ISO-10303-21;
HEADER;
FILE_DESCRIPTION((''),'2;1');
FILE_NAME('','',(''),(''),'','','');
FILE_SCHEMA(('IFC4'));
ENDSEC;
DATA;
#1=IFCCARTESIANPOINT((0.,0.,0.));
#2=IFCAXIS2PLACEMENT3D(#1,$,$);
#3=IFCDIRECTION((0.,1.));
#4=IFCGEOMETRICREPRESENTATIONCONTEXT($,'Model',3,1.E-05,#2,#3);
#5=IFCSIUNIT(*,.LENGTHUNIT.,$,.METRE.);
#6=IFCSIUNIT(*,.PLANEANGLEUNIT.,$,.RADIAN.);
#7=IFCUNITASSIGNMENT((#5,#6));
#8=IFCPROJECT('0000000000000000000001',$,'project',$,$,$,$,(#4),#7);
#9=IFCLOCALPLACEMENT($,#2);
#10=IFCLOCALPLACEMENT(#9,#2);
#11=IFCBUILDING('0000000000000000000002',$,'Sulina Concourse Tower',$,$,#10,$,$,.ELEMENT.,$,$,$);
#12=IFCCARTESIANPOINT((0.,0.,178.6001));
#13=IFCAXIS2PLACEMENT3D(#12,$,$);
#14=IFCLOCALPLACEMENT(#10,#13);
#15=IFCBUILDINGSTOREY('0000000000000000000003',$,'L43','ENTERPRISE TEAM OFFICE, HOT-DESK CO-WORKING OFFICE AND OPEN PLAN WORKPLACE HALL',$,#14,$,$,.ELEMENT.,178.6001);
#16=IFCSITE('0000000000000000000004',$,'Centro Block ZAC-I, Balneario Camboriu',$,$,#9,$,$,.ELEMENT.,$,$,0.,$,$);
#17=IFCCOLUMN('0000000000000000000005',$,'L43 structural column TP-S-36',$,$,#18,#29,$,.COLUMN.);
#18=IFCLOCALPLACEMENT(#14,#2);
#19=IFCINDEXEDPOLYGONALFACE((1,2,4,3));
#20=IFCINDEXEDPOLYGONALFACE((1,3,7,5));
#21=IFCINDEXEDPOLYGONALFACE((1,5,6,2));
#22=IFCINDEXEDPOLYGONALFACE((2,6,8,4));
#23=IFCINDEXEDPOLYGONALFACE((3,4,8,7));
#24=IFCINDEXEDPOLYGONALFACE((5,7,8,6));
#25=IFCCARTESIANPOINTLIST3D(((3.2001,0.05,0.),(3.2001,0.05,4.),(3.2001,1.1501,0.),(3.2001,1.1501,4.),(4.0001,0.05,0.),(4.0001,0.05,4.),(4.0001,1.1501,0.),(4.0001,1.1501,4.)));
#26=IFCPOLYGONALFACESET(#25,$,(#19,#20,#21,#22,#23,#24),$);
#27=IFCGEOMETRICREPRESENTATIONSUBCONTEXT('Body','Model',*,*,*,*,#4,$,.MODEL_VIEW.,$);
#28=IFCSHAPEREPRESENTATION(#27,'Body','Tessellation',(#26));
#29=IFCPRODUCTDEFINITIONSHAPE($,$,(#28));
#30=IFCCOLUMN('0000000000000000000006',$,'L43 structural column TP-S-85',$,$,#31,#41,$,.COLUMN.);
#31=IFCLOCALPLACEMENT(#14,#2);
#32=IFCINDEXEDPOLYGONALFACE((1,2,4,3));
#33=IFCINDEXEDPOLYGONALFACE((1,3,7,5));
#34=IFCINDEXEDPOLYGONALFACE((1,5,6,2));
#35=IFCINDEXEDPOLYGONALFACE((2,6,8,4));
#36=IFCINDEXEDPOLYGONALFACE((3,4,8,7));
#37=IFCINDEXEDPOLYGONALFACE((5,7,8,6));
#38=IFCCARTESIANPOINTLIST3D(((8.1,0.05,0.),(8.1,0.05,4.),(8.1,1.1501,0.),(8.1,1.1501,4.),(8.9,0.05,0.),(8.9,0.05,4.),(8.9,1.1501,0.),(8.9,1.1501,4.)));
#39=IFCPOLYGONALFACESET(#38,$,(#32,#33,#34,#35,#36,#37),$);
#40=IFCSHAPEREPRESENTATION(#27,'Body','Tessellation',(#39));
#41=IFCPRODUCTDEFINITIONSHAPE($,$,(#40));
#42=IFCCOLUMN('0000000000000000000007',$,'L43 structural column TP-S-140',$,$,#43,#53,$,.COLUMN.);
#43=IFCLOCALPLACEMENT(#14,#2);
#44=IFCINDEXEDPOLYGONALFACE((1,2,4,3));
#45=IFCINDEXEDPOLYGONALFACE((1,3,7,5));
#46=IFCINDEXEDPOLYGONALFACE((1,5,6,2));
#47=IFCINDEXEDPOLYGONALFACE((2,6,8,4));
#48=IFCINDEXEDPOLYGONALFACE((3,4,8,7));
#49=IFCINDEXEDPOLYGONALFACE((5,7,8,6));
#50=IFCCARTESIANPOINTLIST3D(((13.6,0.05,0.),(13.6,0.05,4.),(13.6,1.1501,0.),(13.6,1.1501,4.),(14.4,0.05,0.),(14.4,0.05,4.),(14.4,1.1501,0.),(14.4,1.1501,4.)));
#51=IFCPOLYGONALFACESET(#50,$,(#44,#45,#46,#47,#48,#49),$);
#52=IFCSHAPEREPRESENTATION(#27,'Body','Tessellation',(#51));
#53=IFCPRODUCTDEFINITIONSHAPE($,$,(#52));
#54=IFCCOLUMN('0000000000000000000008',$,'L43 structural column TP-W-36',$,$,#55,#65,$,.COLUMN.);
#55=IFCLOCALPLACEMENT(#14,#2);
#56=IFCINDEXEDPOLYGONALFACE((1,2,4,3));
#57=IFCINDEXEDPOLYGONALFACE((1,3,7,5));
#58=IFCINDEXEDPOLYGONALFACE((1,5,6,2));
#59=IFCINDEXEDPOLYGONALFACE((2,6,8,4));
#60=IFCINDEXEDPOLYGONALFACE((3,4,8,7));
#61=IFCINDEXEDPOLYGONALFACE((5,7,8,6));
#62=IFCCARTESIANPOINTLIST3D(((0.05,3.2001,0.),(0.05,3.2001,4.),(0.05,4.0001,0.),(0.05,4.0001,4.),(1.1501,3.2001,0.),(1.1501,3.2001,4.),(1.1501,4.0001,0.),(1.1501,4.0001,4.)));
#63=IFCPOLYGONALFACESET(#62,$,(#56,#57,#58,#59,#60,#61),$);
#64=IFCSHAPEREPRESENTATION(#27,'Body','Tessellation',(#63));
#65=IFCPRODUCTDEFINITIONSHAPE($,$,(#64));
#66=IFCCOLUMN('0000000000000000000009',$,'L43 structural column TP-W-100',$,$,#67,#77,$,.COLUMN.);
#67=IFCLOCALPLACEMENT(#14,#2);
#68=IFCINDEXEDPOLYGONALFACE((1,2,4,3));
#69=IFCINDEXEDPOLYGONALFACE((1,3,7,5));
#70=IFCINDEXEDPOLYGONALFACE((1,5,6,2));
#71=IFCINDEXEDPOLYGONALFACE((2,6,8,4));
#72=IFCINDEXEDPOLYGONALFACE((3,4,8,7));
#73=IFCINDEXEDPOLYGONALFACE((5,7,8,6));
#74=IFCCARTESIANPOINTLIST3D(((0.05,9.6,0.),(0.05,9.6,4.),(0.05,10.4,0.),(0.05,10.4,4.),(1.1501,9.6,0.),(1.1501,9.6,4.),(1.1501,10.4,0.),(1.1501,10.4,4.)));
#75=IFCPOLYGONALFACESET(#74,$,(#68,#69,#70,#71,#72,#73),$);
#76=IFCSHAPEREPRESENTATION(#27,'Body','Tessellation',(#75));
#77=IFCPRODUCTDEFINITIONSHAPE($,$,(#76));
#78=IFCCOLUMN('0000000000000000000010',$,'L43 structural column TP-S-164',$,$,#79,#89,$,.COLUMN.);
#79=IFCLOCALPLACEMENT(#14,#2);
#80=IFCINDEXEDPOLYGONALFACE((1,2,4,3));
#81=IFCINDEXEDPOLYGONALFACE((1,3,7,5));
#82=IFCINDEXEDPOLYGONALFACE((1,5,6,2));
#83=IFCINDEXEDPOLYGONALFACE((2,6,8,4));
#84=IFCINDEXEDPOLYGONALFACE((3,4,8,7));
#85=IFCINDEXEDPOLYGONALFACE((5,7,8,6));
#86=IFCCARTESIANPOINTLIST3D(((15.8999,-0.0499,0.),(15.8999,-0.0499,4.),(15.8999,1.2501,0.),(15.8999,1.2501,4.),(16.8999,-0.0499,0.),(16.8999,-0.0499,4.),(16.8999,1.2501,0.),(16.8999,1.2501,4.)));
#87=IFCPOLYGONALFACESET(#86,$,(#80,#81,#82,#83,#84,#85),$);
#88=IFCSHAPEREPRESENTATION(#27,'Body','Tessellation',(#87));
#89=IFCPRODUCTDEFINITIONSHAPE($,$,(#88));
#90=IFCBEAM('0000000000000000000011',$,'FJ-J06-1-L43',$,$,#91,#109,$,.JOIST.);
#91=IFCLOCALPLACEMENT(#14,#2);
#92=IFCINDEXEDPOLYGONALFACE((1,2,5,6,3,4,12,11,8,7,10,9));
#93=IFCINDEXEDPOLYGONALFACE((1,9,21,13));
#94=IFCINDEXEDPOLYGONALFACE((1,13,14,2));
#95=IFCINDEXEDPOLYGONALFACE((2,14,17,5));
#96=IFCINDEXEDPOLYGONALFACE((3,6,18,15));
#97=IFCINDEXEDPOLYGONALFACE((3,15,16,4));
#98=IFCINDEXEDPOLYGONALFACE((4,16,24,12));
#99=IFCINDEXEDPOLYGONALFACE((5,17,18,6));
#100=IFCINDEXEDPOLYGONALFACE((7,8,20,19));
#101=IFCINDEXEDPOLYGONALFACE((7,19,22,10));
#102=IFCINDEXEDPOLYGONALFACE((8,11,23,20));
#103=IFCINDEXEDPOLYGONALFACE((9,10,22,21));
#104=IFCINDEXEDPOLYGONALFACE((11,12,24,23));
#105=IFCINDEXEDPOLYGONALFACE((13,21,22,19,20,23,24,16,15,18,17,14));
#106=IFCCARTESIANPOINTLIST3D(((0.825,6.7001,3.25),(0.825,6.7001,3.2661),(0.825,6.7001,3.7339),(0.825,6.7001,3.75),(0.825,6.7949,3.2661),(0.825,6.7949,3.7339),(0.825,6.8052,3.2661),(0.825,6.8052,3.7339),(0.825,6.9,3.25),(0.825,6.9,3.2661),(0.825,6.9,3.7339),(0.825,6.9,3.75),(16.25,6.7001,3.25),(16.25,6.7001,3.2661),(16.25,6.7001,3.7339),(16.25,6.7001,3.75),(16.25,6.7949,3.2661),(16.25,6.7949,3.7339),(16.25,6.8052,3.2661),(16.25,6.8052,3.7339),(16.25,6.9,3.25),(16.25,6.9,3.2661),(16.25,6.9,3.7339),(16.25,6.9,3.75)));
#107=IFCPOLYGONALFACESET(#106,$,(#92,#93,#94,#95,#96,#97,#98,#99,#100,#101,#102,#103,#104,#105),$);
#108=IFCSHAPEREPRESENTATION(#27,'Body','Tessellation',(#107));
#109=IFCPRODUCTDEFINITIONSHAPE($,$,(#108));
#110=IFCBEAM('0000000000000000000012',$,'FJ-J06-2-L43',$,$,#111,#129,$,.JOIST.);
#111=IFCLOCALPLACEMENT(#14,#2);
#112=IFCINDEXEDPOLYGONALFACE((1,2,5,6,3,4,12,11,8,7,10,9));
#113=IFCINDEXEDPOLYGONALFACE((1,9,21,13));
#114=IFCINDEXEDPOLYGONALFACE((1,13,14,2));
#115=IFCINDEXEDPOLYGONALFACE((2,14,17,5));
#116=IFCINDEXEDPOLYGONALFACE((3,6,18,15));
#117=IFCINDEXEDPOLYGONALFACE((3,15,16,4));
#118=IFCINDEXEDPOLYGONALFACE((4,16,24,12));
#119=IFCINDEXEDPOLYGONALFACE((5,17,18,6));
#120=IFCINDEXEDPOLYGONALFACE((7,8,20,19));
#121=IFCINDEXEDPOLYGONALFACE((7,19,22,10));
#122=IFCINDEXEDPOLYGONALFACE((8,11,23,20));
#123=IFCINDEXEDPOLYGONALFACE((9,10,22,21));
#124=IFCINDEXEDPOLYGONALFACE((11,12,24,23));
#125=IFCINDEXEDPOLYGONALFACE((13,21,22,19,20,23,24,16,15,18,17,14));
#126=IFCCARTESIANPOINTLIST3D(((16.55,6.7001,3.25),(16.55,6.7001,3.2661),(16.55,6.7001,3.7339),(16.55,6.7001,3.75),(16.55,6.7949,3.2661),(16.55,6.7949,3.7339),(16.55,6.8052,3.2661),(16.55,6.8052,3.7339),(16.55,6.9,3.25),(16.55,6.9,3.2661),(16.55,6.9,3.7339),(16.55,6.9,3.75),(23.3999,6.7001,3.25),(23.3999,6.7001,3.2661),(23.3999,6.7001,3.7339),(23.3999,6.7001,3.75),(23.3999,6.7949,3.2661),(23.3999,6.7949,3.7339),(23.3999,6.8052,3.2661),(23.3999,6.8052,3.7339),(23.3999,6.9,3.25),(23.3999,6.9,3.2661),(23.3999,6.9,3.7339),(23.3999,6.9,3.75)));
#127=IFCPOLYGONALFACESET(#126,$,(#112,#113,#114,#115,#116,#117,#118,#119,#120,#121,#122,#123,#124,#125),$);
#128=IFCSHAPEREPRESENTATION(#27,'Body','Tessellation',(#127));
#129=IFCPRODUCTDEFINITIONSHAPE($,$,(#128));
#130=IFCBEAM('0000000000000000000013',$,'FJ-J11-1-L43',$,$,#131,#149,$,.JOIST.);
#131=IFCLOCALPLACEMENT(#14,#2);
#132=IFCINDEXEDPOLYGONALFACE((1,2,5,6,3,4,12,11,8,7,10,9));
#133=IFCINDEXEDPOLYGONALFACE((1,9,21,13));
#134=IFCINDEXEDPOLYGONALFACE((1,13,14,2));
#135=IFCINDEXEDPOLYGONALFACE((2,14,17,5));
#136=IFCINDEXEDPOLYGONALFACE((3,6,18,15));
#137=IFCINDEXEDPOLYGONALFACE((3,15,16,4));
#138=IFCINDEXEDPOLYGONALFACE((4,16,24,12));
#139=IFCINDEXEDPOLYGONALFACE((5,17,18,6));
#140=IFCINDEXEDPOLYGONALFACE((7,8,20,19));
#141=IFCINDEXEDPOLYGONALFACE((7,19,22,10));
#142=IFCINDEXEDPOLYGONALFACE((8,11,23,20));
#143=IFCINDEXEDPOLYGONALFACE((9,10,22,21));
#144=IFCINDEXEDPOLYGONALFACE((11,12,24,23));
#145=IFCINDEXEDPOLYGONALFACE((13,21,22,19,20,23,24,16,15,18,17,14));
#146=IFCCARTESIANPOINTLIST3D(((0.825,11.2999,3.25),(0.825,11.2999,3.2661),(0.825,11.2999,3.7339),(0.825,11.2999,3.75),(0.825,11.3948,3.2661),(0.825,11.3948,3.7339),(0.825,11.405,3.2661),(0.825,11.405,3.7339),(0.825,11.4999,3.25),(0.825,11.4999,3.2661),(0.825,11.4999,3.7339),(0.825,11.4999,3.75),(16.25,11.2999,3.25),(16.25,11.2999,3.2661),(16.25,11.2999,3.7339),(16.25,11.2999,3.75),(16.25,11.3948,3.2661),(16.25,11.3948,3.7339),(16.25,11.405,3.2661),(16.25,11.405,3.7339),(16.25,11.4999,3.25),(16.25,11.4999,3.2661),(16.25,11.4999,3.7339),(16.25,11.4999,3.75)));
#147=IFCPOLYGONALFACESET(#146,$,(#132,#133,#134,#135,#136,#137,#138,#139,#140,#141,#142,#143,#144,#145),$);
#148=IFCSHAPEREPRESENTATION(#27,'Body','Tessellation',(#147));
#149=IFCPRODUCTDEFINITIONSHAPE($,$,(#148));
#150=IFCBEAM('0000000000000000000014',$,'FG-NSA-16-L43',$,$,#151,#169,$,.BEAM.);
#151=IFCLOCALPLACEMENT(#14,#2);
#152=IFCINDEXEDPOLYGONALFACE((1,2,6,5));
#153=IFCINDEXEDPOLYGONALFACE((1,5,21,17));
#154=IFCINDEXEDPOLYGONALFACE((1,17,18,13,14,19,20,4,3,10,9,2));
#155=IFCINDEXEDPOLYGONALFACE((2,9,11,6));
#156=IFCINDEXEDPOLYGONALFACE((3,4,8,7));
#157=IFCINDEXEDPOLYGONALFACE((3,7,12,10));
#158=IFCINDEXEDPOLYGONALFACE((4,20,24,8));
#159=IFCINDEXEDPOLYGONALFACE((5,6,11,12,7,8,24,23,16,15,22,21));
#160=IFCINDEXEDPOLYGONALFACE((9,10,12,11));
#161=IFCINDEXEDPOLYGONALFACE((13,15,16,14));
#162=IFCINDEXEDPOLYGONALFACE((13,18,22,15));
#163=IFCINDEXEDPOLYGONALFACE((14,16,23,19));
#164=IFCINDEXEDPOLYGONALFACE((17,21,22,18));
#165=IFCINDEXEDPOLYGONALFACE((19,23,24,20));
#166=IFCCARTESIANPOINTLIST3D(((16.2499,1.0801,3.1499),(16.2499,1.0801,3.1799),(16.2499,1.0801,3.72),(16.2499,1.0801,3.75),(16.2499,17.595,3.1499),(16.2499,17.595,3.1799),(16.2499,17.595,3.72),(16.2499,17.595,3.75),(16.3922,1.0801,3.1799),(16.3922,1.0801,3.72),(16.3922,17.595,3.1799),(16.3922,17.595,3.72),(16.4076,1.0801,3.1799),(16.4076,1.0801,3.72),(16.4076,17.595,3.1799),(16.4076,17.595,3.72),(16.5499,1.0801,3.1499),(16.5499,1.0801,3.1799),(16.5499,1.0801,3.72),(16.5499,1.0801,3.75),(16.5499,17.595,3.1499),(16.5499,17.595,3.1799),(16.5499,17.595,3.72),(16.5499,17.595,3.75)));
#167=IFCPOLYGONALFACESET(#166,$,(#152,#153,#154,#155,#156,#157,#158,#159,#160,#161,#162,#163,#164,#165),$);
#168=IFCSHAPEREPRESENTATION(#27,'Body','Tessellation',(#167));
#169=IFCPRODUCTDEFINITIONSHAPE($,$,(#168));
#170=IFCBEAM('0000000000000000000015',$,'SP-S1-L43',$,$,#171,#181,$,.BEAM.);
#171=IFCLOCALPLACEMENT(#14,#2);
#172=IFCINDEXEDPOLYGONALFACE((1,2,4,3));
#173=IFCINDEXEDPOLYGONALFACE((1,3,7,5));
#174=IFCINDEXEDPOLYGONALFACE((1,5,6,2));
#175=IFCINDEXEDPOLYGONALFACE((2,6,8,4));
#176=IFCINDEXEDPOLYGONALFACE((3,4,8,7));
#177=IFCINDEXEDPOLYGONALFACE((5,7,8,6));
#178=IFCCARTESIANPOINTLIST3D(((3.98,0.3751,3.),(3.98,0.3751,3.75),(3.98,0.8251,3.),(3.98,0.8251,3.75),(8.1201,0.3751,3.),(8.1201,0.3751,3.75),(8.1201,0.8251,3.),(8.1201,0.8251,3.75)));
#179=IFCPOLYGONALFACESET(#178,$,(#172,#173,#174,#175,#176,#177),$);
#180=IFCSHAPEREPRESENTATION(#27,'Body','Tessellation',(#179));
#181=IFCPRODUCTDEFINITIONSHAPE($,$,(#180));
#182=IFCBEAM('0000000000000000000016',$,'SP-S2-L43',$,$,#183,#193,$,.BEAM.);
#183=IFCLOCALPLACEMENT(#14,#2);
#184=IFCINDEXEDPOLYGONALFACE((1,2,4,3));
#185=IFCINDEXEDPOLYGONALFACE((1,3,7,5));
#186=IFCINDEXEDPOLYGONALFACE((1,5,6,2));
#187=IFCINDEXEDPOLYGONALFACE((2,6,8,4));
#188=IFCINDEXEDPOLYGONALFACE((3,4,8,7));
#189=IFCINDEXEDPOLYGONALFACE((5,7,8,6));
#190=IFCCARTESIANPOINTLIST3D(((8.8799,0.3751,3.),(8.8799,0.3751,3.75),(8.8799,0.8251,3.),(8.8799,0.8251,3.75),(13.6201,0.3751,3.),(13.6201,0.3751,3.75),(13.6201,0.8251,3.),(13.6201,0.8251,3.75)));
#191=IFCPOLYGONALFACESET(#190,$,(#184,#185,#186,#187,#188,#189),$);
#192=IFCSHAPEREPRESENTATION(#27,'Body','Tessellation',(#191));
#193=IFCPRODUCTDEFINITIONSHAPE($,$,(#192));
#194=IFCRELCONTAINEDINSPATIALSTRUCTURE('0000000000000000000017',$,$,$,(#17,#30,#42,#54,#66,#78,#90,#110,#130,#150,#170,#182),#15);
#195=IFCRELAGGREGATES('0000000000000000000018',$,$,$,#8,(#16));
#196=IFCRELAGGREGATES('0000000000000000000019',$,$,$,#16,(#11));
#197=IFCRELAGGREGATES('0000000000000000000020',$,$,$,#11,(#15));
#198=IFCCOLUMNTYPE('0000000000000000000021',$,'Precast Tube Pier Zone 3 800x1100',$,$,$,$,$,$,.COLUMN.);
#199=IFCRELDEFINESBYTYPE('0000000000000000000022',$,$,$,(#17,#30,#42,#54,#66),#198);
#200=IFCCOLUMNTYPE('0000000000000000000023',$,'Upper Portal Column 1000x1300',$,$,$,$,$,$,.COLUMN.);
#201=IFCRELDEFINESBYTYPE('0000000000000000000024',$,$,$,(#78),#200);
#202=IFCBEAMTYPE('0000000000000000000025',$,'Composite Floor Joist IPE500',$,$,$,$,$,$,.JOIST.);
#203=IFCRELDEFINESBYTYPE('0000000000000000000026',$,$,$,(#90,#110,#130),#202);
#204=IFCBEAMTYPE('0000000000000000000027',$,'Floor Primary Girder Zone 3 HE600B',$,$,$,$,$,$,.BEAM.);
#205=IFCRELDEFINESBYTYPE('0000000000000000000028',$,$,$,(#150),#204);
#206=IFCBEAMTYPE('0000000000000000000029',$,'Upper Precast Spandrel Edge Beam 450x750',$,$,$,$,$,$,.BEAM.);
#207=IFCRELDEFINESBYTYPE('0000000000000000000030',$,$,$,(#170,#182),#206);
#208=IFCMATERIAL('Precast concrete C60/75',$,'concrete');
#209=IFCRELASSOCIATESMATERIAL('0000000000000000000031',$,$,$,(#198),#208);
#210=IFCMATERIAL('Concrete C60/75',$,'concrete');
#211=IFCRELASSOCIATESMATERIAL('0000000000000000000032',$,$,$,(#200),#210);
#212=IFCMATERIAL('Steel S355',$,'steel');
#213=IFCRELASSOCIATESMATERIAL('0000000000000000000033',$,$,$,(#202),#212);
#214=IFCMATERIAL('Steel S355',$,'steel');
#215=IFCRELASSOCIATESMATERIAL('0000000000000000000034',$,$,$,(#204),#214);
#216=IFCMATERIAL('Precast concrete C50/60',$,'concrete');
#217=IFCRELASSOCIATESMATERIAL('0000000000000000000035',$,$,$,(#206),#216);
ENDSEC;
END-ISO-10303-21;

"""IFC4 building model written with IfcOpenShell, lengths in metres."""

from ifc_helpers import new_model, si_unit, direction, frame, origin, origin_2d, place, context, subcontext, project, spatial, rectangle, i_section, extrude, material, material_profile, profile_set, type_object, element, save


model = new_model("IFC4")

# Units and contexts
model_context = context("Model", 3, precision=1e-05, world=origin(), true_north=direction((0.0, 1.0)))
body_context = subcontext(model_context, "Body", "Model", "MODEL_VIEW")
ifc_project = project(units=[si_unit("LENGTHUNIT", "METRE"), si_unit("PLANEANGLEUNIT", "RADIAN")], contexts=[model_context])

# Site, building, storey
site_placement = place(None, origin())
site = spatial("IfcSite", under=ifc_project, at=site_placement, Name="Centro Block ZAC-I, Balneario Camboriu", CompositionType="ELEMENT", RefElevation=0.0)
building_placement = place(site_placement, origin())
building = spatial("IfcBuilding", under=site, at=building_placement, Name="Sulina Concourse Tower", CompositionType="ELEMENT")
storey_placement = place(building_placement, frame((0.0, 0.0, 178.6001)))
storey = spatial("IfcBuildingStorey", under=building, at=storey_placement, Name="L43", Description="ENTERPRISE TEAM OFFICE, HOT-DESK CO-WORKING OFFICE AND OPEN PLAN WORKPLACE HALL", CompositionType="ELEMENT", Elevation=178.6001)

# Columns
ifc_material_1 = material(Name="Precast concrete C60/75", Category="concrete")
ifc_material_profile_1 = material_profile(ifc_material_1, rectangle(XDim=0.8, YDim=1.1001, at=origin_2d()), Name="PC 800x1100")
ifc_profile_set_1 = profile_set([ifc_material_profile_1], Name="Precast concrete C60/75")
column_type_1 = type_object("IfcColumnType", Name="Precast Tube Pier Zone 3 800x1100", PredefinedType="COLUMN", material=ifc_profile_set_1)
for number, where, z_axis, x_axis, name in (
    (1, (3.6001, 0.6001, 0.0), (0.0, 0.0, 1.0), (1.0, 0.0, 0.0), "L43 structural column TP-S-36"),
    (2, (8.5, 0.6001, 0.0), (0.0, 0.0, 1.0), (1.0, 0.0, 0.0), "L43 structural column TP-S-85"),
    (3, (14.0, 0.6001, 0.0), (0.0, 0.0, 1.0), (1.0, 0.0, 0.0), "L43 structural column TP-S-140"),
    (4, (0.6001, 3.6001, 0.0), (0.0, 0.0, 1.0), (0.0, 1.0, 0.0), "L43 structural column TP-W-36"),
    (5, (0.6001, 10.0, 0.0), (0.0, 0.0, 1.0), (0.0, 1.0, 0.0), "L43 structural column TP-W-100"),
):
    element("IfcColumn", number, at=place(storey_placement, frame(where, z_axis=z_axis, x_axis=x_axis)), inside=storey, type_object=column_type_1, Name=name, PredefinedType="COLUMN", context=body_context, shape_type="SweptSolid", body=[
        extrude(rectangle(XDim=0.8, YDim=1.1001, at=origin_2d()), origin(), (0.0, 0.0, 1.0), 4.0),
    ])
ifc_material_2 = material(Name="Concrete C60/75", Category="concrete")
ifc_material_profile_2 = material_profile(ifc_material_2, rectangle(XDim=1.0, YDim=1.3, at=origin_2d()), Name="RC 1000x1300")
ifc_profile_set_2 = profile_set([ifc_material_profile_2], Name="Concrete C60/75")
column_type_2 = type_object("IfcColumnType", Name="Upper Portal Column 1000x1300", PredefinedType="COLUMN", material=ifc_profile_set_2)
column_placement = place(storey_placement, frame((16.3999, 0.6001, 0.0), z_axis=(0.0, 0.0, 1.0), x_axis=(1.0, 0.0, 0.0)))
element("IfcColumn", 6, at=column_placement, inside=storey, type_object=column_type_2, Name="L43 structural column TP-S-164", PredefinedType="COLUMN", context=body_context, shape_type="SweptSolid", body=[
    extrude(rectangle(XDim=1.0, YDim=1.3, at=origin_2d()), origin(), (0.0, 0.0, 1.0), 4.0),
])

# Beams
ifc_material_3 = material(Name="Steel S355", Category="steel")
ifc_material_profile_3 = material_profile(ifc_material_3, i_section(OverallWidth=0.2, OverallDepth=0.5, WebThickness=0.0103, FlangeThickness=0.0161, at=origin_2d()), Name="IPE 500")
ifc_profile_set_3 = profile_set([ifc_material_profile_3], Name="Steel S355")
beam_type_1 = type_object("IfcBeamType", Name="Composite Floor Joist IPE500", PredefinedType="JOIST", material=ifc_profile_set_3)
beam_1_placement = place(storey_placement, frame((0.825, 6.8, 3.5), z_axis=(1.0, 0.0, 0.0), x_axis=(0.0, 1.0, 0.0)))
element("IfcBeam", 7, at=beam_1_placement, inside=storey, type_object=beam_type_1, Name="FJ-J06-1-L43", PredefinedType="JOIST", context=body_context, shape_type="SweptSolid", body=[
    extrude(i_section(OverallWidth=0.2, OverallDepth=0.5, WebThickness=0.0103, FlangeThickness=0.0161, at=origin_2d()), origin(), (0.0, 0.0, 1.0), 15.425),
])
beam_2_placement = place(storey_placement, frame((16.55, 6.8, 3.5), z_axis=(1.0, 0.0, 0.0), x_axis=(0.0, 1.0, 0.0)))
element("IfcBeam", 8, at=beam_2_placement, inside=storey, type_object=beam_type_1, Name="FJ-J06-2-L43", PredefinedType="JOIST", context=body_context, shape_type="SweptSolid", body=[
    extrude(i_section(OverallWidth=0.2, OverallDepth=0.5, WebThickness=0.0103, FlangeThickness=0.0161, at=origin_2d()), origin(), (0.0, 0.0, 1.0), 6.8499),
])
beam_3_placement = place(storey_placement, frame((0.825, 11.3999, 3.5), z_axis=(1.0, 0.0, 0.0), x_axis=(0.0, 1.0, 0.0)))
element("IfcBeam", 9, at=beam_3_placement, inside=storey, type_object=beam_type_1, Name="FJ-J11-1-L43", PredefinedType="JOIST", context=body_context, shape_type="SweptSolid", body=[
    extrude(i_section(OverallWidth=0.2, OverallDepth=0.5, WebThickness=0.0103, FlangeThickness=0.0161, at=origin_2d()), origin(), (0.0, 0.0, 1.0), 15.425),
])
ifc_material_4 = material(Name="Steel S355", Category="steel")
ifc_material_profile_4 = material_profile(ifc_material_4, i_section(OverallWidth=0.3, OverallDepth=0.6001, WebThickness=0.0154, FlangeThickness=0.03, at=origin_2d()), Name="HE 600 B")
ifc_profile_set_4 = profile_set([ifc_material_profile_4], Name="Steel S355")
beam_type_2 = type_object("IfcBeamType", Name="Floor Primary Girder Zone 3 HE600B", PredefinedType="BEAM", material=ifc_profile_set_4)
beam_4_placement = place(storey_placement, frame((16.3999, 1.0801, 3.45), z_axis=(0.0, 1.0, 0.0), x_axis=(-1.0, 0.0, 0.0)))
element("IfcBeam", 10, at=beam_4_placement, inside=storey, type_object=beam_type_2, Name="FG-NSA-16-L43", PredefinedType="BEAM", context=body_context, shape_type="SweptSolid", body=[
    extrude(i_section(OverallWidth=0.3, OverallDepth=0.6001, WebThickness=0.0154, FlangeThickness=0.03, at=origin_2d()), origin(), (0.0, 0.0, 1.0), 16.5149),
])
ifc_material_5 = material(Name="Precast concrete C50/60", Category="concrete")
ifc_material_profile_5 = material_profile(ifc_material_5, rectangle(XDim=0.45, YDim=0.75, at=origin_2d()), Name="RC 450x750")
ifc_profile_set_5 = profile_set([ifc_material_profile_5], Name="Precast concrete C50/60")
beam_type_3 = type_object("IfcBeamType", Name="Upper Precast Spandrel Edge Beam 450x750", PredefinedType="BEAM", material=ifc_profile_set_5)
beam_5_placement = place(storey_placement, frame((3.98, 0.6001, 3.375), z_axis=(1.0, 0.0, 0.0), x_axis=(0.0, 1.0, 0.0)))
element("IfcBeam", 11, at=beam_5_placement, inside=storey, type_object=beam_type_3, Name="SP-S1-L43", PredefinedType="BEAM", context=body_context, shape_type="SweptSolid", body=[
    extrude(rectangle(XDim=0.45, YDim=0.75, at=origin_2d()), origin(), (0.0, 0.0, 1.0), 4.1401),
])
beam_6_placement = place(storey_placement, frame((8.8799, 0.6001, 3.375), z_axis=(1.0, 0.0, 0.0), x_axis=(0.0, 1.0, 0.0)))
element("IfcBeam", 12, at=beam_6_placement, inside=storey, type_object=beam_type_3, Name="SP-S2-L43", PredefinedType="BEAM", context=body_context, shape_type="SweptSolid", body=[
    extrude(rectangle(XDim=0.45, YDim=0.75, at=origin_2d()), origin(), (0.0, 0.0, 1.0), 4.7402),
])

save(model, "model.ifc")
